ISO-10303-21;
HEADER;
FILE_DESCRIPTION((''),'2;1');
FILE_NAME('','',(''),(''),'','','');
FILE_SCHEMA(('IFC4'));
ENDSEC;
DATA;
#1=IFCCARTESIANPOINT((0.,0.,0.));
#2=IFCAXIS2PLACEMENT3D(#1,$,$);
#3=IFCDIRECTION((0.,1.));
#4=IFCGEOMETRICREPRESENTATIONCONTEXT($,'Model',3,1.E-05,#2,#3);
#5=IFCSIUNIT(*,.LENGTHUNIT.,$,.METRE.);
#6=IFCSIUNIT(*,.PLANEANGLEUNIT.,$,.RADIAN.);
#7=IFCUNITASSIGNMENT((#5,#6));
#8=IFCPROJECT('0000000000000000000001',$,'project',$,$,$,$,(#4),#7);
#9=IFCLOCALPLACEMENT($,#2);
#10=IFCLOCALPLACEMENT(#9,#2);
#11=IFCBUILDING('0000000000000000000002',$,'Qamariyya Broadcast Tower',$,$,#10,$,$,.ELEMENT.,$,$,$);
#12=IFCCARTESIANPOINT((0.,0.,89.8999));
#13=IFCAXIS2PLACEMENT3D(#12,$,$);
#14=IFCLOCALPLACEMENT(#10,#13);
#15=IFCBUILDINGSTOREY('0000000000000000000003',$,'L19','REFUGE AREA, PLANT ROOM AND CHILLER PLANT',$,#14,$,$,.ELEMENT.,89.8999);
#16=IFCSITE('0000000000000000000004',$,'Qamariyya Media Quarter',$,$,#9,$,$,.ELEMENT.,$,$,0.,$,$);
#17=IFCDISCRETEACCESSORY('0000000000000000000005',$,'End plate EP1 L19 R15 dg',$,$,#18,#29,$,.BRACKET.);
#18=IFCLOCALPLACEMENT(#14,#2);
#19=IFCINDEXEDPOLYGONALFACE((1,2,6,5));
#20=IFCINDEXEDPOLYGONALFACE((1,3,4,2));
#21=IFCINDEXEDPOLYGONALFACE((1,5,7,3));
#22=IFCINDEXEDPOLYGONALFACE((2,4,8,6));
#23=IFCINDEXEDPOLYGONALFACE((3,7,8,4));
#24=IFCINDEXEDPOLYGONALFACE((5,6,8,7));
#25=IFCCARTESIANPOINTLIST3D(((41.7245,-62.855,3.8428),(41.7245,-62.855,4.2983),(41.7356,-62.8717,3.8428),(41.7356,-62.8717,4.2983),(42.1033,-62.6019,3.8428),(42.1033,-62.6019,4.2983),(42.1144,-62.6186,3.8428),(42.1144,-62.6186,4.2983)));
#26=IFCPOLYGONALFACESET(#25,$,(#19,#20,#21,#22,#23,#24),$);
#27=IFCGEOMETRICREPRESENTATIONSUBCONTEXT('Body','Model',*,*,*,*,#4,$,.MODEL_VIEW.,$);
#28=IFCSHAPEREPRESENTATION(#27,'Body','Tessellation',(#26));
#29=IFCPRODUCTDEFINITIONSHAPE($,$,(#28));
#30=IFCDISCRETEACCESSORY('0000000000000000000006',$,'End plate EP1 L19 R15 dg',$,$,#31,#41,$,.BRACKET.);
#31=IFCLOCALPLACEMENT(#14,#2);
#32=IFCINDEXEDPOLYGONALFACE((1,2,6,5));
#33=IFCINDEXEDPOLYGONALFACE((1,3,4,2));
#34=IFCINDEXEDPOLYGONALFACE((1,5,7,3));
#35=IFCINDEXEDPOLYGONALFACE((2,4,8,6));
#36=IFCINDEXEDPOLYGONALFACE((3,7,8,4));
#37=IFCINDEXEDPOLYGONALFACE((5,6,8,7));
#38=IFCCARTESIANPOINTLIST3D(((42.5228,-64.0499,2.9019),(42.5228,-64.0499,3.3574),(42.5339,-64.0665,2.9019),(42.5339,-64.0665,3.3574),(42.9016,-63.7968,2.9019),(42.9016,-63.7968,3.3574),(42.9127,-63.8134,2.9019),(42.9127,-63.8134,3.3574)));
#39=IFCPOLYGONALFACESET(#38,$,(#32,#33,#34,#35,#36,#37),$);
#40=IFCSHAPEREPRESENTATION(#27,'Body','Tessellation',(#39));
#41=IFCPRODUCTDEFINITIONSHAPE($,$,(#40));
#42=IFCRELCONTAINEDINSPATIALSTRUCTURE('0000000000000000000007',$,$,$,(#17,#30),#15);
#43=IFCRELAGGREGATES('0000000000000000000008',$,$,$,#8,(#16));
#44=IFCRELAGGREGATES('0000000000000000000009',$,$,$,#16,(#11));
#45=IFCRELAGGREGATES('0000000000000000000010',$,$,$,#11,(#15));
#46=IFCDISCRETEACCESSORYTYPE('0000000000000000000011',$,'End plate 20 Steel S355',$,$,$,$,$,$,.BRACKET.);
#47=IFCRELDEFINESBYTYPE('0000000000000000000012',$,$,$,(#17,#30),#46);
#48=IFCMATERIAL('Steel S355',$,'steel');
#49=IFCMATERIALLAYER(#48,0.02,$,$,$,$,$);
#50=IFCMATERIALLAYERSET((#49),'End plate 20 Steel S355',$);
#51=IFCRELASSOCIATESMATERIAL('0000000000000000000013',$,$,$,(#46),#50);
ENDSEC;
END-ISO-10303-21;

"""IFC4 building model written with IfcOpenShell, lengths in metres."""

from ifc_helpers import new_model, si_unit, direction, frame, origin, origin_2d, place, context, subcontext, project, spatial, rectangle, extrude, material, layer, layer_set, type_object, element, save


model = new_model("IFC4")

# Units and contexts
model_context = context("Model", 3, precision=1e-05, world=origin(), true_north=direction((0.0, 1.0)))
body_context = subcontext(model_context, "Body", "Model", "MODEL_VIEW")
ifc_project = project(units=[si_unit("LENGTHUNIT", "METRE"), si_unit("PLANEANGLEUNIT", "RADIAN")], contexts=[model_context])

# Site, building, storey
site_placement = place(None, origin())
site = spatial("IfcSite", under=ifc_project, at=site_placement, Name="Qamariyya Media Quarter", CompositionType="ELEMENT", RefElevation=0.0)
building_placement = place(site_placement, origin())
building = spatial("IfcBuilding", under=site, at=building_placement, Name="Qamariyya Broadcast Tower", CompositionType="ELEMENT")
storey_placement = place(building_placement, frame((0.0, 0.0, 89.8999)))
storey = spatial("IfcBuildingStorey", under=building, at=storey_placement, Name="L19", Description="REFUGE AREA, PLANT ROOM AND CHILLER PLANT", CompositionType="ELEMENT", Elevation=89.8999)

# Shared definitions
ifc_material_1 = material(Name="Steel S355", Category="steel")

# Discrete accessories
ifc_layer_1 = layer(ifc_material_1, 0.02)
ifc_layer_set_1 = layer_set([ifc_layer_1], Name="End plate 20 Steel S355")
discrete_accessory_type_1 = type_object("IfcDiscreteAccessoryType", Name="End plate 20 Steel S355", PredefinedType="BRACKET", material=ifc_layer_set_1)
for number, where, z_axis, x_axis, name in (
    (1, (41.9194, -62.7368, 3.8428), (0.0, 0.0, 1.0), (-0.83147, -0.55557, 0.0), "End plate EP1 L19 R15 dg"),
    (2, (42.7178, -63.9316, 2.9019), (0.0, 0.0, 1.0), (-0.83147, -0.55557, 0.0), "End plate EP1 L19 R15 dg"),
):
    element("IfcDiscreteAccessory", number, at=place(storey_placement, frame(where, z_axis=z_axis, x_axis=x_axis)), inside=storey, type_object=discrete_accessory_type_1, Name=name, PredefinedType="BRACKET", context=body_context, shape_type="SweptSolid", body=[
        extrude(rectangle(XDim=0.4556, YDim=0.02, at=origin_2d()), origin(), (0.0, 0.0, 1.0), 0.4556),
    ])

save(model, "model.ifc")
